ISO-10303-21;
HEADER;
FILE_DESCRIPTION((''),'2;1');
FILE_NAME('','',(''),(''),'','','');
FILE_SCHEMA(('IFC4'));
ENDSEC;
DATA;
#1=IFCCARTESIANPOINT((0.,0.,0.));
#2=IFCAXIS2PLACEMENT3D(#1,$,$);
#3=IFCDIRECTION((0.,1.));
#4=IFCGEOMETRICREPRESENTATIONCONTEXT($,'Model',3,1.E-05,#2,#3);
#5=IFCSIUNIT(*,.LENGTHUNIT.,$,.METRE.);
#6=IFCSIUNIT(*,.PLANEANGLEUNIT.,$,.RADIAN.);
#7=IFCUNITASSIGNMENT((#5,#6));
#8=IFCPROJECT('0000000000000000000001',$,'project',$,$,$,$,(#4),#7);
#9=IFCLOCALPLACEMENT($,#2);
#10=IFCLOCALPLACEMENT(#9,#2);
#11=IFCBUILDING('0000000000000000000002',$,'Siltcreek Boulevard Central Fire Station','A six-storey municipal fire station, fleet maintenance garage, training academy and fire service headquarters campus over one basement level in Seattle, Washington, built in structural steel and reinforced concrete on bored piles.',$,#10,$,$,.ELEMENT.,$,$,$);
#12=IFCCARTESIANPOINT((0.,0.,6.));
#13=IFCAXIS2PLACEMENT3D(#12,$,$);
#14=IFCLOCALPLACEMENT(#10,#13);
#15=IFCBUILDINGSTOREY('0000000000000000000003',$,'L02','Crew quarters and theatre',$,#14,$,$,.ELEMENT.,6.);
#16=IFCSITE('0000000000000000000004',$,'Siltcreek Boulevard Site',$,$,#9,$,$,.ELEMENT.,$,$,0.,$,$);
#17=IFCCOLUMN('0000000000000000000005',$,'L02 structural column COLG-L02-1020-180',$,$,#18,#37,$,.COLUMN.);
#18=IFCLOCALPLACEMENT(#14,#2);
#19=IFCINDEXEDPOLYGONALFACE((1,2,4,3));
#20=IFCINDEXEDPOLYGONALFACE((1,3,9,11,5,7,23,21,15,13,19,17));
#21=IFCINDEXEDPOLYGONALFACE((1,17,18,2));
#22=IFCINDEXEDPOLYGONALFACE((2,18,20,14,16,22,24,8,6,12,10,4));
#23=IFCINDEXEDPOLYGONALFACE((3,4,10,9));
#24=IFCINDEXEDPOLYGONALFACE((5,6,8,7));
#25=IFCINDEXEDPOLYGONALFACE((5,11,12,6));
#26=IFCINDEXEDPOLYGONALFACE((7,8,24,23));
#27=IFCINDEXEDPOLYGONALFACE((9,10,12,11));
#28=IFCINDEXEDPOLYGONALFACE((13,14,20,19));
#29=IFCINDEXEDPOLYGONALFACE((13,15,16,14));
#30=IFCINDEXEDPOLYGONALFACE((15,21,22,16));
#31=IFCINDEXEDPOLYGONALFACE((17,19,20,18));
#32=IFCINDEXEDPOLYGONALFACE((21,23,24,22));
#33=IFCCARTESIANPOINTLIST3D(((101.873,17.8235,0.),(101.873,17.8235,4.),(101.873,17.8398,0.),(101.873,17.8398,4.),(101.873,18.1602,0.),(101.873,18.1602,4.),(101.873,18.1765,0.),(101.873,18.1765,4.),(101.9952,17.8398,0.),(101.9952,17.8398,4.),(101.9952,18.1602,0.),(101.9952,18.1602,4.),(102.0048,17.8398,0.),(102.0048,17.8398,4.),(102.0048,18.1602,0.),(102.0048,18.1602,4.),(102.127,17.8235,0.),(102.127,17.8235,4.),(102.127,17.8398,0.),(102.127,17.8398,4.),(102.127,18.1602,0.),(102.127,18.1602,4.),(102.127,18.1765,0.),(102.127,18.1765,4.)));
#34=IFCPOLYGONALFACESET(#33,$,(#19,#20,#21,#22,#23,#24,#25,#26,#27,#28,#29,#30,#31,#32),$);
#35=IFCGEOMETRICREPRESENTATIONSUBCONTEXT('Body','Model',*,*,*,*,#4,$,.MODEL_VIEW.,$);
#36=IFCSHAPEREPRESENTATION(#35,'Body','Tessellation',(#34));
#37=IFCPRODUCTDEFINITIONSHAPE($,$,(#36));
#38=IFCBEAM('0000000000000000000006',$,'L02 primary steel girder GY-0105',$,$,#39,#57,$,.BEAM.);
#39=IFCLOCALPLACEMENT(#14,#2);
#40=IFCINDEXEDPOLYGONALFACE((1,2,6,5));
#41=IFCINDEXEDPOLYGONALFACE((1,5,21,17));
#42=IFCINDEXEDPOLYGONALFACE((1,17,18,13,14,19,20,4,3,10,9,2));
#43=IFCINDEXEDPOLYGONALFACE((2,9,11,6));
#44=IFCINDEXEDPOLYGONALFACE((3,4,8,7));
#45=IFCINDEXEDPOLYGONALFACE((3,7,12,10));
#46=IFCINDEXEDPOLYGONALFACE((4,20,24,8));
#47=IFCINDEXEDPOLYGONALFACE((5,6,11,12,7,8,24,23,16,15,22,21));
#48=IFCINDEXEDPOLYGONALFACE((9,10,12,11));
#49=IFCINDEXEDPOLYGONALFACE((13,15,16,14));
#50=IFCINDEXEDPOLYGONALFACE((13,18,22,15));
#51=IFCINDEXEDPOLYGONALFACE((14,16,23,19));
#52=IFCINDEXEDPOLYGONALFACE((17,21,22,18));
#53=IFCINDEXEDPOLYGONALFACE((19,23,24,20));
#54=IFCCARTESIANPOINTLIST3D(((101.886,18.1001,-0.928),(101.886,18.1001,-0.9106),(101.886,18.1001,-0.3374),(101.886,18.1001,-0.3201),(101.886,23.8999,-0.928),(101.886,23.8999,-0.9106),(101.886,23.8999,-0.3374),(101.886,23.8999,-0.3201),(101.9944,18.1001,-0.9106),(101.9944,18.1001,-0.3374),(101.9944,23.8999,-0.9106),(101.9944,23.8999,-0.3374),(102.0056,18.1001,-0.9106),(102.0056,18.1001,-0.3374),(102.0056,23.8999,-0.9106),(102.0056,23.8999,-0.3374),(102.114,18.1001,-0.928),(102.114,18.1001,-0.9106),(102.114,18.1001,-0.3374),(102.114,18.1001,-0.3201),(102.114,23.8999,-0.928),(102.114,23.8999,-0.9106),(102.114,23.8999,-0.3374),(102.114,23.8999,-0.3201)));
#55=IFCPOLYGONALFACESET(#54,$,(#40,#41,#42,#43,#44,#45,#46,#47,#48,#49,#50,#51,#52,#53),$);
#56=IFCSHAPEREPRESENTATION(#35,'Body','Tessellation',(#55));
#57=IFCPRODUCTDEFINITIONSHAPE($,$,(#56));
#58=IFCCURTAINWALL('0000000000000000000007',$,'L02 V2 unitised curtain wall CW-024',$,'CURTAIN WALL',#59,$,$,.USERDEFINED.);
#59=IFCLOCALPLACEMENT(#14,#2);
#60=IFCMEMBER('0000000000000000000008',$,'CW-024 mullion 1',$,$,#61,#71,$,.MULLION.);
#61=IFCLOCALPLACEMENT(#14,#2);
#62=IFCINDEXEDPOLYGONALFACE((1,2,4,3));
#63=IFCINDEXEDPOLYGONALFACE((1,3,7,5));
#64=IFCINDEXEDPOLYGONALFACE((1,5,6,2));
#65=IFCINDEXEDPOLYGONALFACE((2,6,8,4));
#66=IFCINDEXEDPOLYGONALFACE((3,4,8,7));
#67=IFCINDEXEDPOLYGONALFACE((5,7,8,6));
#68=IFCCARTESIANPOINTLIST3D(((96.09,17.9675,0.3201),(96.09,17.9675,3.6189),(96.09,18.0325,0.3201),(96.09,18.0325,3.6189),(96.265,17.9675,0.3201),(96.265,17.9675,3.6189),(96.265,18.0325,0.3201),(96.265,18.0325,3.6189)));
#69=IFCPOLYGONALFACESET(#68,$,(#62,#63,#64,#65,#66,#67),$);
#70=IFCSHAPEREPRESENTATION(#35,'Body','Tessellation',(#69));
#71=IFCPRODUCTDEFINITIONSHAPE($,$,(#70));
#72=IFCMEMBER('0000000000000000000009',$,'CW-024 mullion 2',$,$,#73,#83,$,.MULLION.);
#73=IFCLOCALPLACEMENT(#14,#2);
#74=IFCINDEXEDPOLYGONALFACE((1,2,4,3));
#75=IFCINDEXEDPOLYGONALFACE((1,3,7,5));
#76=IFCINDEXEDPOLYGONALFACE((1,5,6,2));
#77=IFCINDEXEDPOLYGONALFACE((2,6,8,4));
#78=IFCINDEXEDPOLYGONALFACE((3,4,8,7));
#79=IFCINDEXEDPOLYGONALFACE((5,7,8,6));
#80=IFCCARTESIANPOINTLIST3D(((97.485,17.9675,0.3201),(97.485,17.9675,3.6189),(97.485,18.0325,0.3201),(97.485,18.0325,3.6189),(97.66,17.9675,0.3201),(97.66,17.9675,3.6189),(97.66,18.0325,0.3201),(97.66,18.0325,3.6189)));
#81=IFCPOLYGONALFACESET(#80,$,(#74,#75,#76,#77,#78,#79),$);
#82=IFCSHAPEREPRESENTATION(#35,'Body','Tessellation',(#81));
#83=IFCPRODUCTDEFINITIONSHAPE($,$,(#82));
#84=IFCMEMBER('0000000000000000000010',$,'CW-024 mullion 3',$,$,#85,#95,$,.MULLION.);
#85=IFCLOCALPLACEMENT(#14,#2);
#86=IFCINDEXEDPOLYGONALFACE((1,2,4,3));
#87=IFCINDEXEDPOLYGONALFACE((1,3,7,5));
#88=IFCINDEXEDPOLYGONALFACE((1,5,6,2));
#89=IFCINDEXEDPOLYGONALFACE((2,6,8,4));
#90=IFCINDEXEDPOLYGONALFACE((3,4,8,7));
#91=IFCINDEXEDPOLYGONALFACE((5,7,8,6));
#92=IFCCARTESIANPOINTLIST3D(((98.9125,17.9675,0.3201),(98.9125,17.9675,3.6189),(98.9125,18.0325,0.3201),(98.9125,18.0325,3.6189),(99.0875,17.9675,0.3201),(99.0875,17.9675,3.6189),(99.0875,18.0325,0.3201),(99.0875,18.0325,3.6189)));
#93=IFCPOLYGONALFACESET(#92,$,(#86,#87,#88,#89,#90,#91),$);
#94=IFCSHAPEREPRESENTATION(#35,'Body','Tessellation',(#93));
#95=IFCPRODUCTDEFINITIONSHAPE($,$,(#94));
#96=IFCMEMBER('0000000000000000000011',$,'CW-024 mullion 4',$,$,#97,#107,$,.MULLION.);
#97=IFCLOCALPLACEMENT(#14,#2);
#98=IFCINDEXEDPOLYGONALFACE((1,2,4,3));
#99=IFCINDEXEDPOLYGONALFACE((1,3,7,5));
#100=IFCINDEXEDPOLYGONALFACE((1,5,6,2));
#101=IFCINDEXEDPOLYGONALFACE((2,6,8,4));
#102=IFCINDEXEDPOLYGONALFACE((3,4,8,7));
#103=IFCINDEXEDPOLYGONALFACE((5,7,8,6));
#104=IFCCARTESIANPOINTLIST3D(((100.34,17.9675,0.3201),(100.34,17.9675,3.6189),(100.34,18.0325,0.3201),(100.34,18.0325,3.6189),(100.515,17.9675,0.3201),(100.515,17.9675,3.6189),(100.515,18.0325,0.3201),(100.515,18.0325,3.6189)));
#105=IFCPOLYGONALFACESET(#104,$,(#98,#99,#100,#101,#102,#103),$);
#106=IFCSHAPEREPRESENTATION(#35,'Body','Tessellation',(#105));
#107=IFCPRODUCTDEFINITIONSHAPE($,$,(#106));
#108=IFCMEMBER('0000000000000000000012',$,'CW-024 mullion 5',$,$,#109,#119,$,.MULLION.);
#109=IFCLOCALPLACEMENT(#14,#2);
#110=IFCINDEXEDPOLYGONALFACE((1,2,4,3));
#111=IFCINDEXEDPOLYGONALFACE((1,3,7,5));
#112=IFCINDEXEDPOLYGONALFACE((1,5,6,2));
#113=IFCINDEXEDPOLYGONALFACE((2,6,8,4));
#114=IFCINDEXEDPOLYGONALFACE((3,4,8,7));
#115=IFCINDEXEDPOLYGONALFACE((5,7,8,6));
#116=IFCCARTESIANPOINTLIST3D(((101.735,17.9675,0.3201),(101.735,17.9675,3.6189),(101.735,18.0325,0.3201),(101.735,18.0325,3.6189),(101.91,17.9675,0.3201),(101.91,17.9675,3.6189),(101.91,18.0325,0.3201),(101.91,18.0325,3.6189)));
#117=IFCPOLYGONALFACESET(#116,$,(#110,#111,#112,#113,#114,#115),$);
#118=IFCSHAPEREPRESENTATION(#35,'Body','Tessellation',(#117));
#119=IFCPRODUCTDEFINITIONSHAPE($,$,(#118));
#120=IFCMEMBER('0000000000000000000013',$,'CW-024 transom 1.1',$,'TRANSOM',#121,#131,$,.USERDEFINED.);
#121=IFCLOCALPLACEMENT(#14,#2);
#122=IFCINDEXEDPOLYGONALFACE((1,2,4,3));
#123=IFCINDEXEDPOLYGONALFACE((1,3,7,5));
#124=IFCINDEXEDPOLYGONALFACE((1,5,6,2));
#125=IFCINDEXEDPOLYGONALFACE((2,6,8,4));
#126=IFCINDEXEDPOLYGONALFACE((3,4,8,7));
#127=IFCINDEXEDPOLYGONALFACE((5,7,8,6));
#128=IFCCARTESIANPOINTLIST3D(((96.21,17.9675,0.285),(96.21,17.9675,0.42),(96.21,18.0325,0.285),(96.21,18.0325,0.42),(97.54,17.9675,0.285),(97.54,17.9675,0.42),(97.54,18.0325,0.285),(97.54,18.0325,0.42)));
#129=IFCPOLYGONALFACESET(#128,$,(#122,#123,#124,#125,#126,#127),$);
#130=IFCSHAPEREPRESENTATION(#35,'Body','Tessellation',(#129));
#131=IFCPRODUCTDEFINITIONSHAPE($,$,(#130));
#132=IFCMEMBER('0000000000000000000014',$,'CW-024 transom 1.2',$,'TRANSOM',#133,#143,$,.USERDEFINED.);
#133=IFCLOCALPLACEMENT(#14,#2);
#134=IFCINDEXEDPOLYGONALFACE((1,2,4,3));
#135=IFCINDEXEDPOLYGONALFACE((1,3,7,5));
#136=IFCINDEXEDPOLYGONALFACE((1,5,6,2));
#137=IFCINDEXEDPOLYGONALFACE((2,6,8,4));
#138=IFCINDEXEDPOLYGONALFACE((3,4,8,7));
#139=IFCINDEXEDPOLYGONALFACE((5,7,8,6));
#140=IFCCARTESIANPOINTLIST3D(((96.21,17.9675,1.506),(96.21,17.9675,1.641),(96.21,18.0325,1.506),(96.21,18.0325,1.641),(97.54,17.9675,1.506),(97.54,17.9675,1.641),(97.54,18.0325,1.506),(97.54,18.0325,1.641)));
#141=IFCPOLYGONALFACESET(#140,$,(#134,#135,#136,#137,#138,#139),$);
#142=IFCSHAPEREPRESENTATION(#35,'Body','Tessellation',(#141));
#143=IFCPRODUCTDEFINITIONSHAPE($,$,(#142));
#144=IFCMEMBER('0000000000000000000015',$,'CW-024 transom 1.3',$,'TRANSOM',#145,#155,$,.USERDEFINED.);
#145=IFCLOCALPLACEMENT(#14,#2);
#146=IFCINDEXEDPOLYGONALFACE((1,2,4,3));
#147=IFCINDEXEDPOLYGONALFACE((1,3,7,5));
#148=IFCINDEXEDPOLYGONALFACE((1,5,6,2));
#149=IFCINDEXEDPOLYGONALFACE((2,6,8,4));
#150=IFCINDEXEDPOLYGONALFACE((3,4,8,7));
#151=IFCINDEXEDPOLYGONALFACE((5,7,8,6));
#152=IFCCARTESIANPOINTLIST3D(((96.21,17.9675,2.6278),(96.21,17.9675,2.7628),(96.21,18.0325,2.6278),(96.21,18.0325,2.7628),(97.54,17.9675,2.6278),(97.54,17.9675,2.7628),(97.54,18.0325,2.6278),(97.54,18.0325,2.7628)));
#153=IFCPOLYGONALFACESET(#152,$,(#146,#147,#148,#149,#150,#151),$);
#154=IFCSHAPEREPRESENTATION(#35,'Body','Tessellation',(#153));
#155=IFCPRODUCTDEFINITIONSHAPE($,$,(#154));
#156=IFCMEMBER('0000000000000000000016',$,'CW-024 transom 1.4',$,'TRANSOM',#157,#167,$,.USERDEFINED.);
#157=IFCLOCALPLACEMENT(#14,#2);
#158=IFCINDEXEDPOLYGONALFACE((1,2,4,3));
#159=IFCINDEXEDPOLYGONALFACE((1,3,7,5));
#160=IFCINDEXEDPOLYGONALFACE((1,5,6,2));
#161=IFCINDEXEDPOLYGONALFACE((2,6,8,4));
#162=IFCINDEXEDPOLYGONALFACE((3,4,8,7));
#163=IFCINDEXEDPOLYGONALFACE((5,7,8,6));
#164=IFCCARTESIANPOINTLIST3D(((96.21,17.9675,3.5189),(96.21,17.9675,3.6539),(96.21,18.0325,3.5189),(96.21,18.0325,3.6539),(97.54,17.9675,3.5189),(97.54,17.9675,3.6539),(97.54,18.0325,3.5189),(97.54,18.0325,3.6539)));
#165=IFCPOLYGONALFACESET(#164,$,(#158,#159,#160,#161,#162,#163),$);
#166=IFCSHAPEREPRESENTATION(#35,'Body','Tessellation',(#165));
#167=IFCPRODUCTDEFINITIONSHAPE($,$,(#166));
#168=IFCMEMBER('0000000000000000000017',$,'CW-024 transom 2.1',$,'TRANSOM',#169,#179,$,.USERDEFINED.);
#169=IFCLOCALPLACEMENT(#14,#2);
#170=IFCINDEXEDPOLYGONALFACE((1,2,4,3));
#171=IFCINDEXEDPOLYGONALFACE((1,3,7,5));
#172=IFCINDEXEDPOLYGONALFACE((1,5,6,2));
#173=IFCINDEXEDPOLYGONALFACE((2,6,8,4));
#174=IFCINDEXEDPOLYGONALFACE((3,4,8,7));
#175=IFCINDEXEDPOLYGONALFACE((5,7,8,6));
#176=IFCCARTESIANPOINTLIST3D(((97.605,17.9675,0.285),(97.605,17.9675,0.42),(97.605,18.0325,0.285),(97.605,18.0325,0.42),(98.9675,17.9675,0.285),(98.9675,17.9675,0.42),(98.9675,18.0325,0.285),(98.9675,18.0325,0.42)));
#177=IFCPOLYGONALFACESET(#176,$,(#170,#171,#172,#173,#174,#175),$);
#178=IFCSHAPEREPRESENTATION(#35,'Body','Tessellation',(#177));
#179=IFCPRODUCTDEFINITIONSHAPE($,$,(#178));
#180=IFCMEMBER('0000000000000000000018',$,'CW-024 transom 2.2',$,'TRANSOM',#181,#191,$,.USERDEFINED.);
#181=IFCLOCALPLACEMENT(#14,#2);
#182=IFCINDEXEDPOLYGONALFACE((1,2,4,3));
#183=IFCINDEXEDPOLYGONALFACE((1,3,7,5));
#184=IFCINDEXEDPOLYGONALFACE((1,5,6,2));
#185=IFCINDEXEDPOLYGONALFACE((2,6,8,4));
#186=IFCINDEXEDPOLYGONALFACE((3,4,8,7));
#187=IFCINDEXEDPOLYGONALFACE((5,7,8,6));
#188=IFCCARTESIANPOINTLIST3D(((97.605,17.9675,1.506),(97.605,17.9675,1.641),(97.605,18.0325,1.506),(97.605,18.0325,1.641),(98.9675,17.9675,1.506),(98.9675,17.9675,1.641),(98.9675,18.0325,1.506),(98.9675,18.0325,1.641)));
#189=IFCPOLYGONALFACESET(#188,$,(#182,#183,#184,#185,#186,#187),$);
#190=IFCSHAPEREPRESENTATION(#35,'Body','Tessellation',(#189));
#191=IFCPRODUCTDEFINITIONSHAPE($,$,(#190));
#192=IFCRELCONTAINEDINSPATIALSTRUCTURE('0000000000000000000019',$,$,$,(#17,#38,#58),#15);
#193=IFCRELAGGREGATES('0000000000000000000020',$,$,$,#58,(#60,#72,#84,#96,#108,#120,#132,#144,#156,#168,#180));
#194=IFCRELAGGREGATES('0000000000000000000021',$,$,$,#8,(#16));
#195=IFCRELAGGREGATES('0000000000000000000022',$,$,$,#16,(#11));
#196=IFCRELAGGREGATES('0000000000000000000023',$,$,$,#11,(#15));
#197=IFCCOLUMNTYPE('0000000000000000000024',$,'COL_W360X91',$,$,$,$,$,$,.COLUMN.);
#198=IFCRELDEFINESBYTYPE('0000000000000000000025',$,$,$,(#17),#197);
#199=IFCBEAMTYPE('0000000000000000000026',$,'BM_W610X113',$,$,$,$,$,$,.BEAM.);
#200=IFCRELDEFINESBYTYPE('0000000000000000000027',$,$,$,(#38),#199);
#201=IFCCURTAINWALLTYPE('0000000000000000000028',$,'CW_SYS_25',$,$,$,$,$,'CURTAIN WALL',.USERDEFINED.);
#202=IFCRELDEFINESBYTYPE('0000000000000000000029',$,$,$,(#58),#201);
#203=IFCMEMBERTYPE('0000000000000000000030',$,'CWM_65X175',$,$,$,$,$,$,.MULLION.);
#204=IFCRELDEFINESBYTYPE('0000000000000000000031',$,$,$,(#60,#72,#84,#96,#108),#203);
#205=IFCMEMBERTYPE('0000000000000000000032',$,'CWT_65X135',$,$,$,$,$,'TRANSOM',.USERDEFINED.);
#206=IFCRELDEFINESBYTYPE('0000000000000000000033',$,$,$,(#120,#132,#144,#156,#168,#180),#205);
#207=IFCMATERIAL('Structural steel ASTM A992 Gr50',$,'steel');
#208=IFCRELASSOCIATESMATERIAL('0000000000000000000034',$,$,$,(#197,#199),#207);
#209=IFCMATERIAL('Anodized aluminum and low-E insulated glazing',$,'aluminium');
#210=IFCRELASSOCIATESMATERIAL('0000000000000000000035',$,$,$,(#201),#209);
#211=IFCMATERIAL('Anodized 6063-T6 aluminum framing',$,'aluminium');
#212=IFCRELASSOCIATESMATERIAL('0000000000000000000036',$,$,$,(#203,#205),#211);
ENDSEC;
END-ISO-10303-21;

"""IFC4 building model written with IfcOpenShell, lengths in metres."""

from ifc_helpers import new_model, si_unit, direction, frame, origin, origin_2d, place, context, subcontext, project, spatial, rectangle, i_section, extrude, material, material_profile, profile_set, type_object, element, aggregate, save


model = new_model("IFC4")

# Units and contexts
model_context = context("Model", 3, precision=1e-05, world=origin(), true_north=direction((0.0, 1.0)))
body_context = subcontext(model_context, "Body", "Model", "MODEL_VIEW")
ifc_project = project(units=[si_unit("LENGTHUNIT", "METRE"), si_unit("PLANEANGLEUNIT", "RADIAN")], contexts=[model_context])

# Site, building, storey
site_placement = place(None, origin())
site = spatial("IfcSite", under=ifc_project, at=site_placement, Name="Siltcreek Boulevard Site", CompositionType="ELEMENT", RefElevation=0.0)
building_placement = place(site_placement, origin())
building = spatial("IfcBuilding", under=site, at=building_placement, Name="Siltcreek Boulevard Central Fire Station", Description="A six-storey municipal fire station, fleet maintenance garage, training academy and fire service headquarters campus over one basement level in Seattle, Washington, built in structural steel and reinforced concrete on bored piles.", CompositionType="ELEMENT")
storey_placement = place(building_placement, frame((0.0, 0.0, 6.0)))
storey = spatial("IfcBuildingStorey", under=building, at=storey_placement, Name="L02", Description="Crew quarters and theatre", CompositionType="ELEMENT", Elevation=6.0)

# Column
ifc_material_1 = material(Name="Structural steel ASTM A992 Gr50", Category="steel")
ifc_material_profile_1 = material_profile(ifc_material_1, i_section(OverallWidth=0.2539, OverallDepth=0.353, WebThickness=0.0095, FlangeThickness=0.0164, at=origin_2d()), Name="W360X91")
ifc_profile_set_1 = profile_set([ifc_material_profile_1], Name="Structural steel ASTM A992 Gr50")
column_type = type_object("IfcColumnType", Name="COL_W360X91", PredefinedType="COLUMN", material=ifc_profile_set_1)
column_placement = place(storey_placement, frame((102.0, 18.0, 0.0), z_axis=(0.0, 0.0, 1.0), x_axis=(1.0, 0.0, 0.0)))
element("IfcColumn", 1, at=column_placement, inside=storey, type_object=column_type, Name="L02 structural column COLG-L02-1020-180", PredefinedType="COLUMN", context=body_context, shape_type="SweptSolid", body=[
    extrude(i_section(OverallWidth=0.2539, OverallDepth=0.353, WebThickness=0.0095, FlangeThickness=0.0164, at=origin_2d()), origin(), (0.0, 0.0, 1.0), 4.0),
])

# Beam
ifc_material_profile_2 = material_profile(ifc_material_1, i_section(OverallWidth=0.228, OverallDepth=0.6079, WebThickness=0.0112, FlangeThickness=0.0173, at=origin_2d()), Name="W610X113")
ifc_profile_set_2 = profile_set([ifc_material_profile_2], Name="Structural steel ASTM A992 Gr50")
beam_type_1 = type_object("IfcBeamType", Name="BM_W610X113", PredefinedType="BEAM", material=ifc_profile_set_2)
beam_1_placement = place(storey_placement, frame((102.0, 18.1001, -0.624), z_axis=(0.0, 1.0, 0.0), x_axis=(-1.0, 0.0, 0.0)))
element("IfcBeam", 2, at=beam_1_placement, inside=storey, type_object=beam_type_1, Name="L02 primary steel girder GY-0105", PredefinedType="BEAM", context=body_context, shape_type="SweptSolid", body=[
    extrude(i_section(OverallWidth=0.228, OverallDepth=0.6079, WebThickness=0.0112, FlangeThickness=0.0173, at=origin_2d()), origin(), (0.0, 0.0, 1.0), 5.7998),
])

# Curtain wall, members
ifc_material_2 = material(Name="Anodized aluminum and low-E insulated glazing", Category="aluminium")
curtain_wall_type = type_object("IfcCurtainWallType", Name="CW_SYS_25", ElementType="CURTAIN WALL", PredefinedType="USERDEFINED", material=ifc_material_2)
curtain_wall_placement = place(storey_placement, origin())
curtain_wall = element("IfcCurtainWall", 3, at=curtain_wall_placement, inside=storey, type_object=curtain_wall_type, Name="L02 V2 unitised curtain wall CW-024", ObjectType="CURTAIN WALL", PredefinedType="USERDEFINED")
ifc_material_3 = material(Name="Anodized 6063-T6 aluminum framing", Category="aluminium")
ifc_material_profile_3 = material_profile(ifc_material_3, rectangle(XDim=0.0649, YDim=0.175, at=origin_2d()), Name="MULL65X175")
ifc_profile_set_3 = profile_set([ifc_material_profile_3], Name="Anodized 6063-T6 aluminum framing")
member_type_1 = type_object("IfcMemberType", Name="CWM_65X175", PredefinedType="MULLION", material=ifc_profile_set_3)
member_1_placement = place(storey_placement, frame((96.1775, 18.0, 0.3201), z_axis=(0.0, 0.0, 1.0), x_axis=(0.0, 1.0, 0.0)))
member_1 = element("IfcMember", 4, at=member_1_placement, type_object=member_type_1, Name="CW-024 mullion 1", PredefinedType="MULLION", context=body_context, shape_type="SweptSolid", body=[
    extrude(rectangle(XDim=0.0649, YDim=0.175, at=origin_2d()), origin(), (0.0, 0.0, 1.0), 3.2988),
])
member_2_placement = place(storey_placement, frame((97.5725, 18.0, 0.3201), z_axis=(0.0, 0.0, 1.0), x_axis=(0.0, 1.0, 0.0)))
member_2 = element("IfcMember", 5, at=member_2_placement, type_object=member_type_1, Name="CW-024 mullion 2", PredefinedType="MULLION", context=body_context, shape_type="SweptSolid", body=[
    extrude(rectangle(XDim=0.0649, YDim=0.175, at=origin_2d()), origin(), (0.0, 0.0, 1.0), 3.2988),
])
member_3_placement = place(storey_placement, frame((99.0, 18.0, 0.3201), z_axis=(0.0, 0.0, 1.0), x_axis=(0.0, 1.0, 0.0)))
member_3 = element("IfcMember", 6, at=member_3_placement, type_object=member_type_1, Name="CW-024 mullion 3", PredefinedType="MULLION", context=body_context, shape_type="SweptSolid", body=[
    extrude(rectangle(XDim=0.0649, YDim=0.175, at=origin_2d()), origin(), (0.0, 0.0, 1.0), 3.2988),
])
member_4_placement = place(storey_placement, frame((100.4275, 18.0, 0.3201), z_axis=(0.0, 0.0, 1.0), x_axis=(0.0, 1.0, 0.0)))
member_4 = element("IfcMember", 7, at=member_4_placement, type_object=member_type_1, Name="CW-024 mullion 4", PredefinedType="MULLION", context=body_context, shape_type="SweptSolid", body=[
    extrude(rectangle(XDim=0.0649, YDim=0.175, at=origin_2d()), origin(), (0.0, 0.0, 1.0), 3.2988),
])
member_5_placement = place(storey_placement, frame((101.8225, 18.0, 0.3201), z_axis=(0.0, 0.0, 1.0), x_axis=(0.0, 1.0, 0.0)))
member_5 = element("IfcMember", 8, at=member_5_placement, type_object=member_type_1, Name="CW-024 mullion 5", PredefinedType="MULLION", context=body_context, shape_type="SweptSolid", body=[
    extrude(rectangle(XDim=0.0649, YDim=0.175, at=origin_2d()), origin(), (0.0, 0.0, 1.0), 3.2988),
])
ifc_material_profile_4 = material_profile(ifc_material_3, rectangle(XDim=0.0649, YDim=0.135, at=origin_2d()), Name="TRAN65X135")
ifc_profile_set_4 = profile_set([ifc_material_profile_4], Name="Anodized 6063-T6 aluminum framing")
member_type_2 = type_object("IfcMemberType", Name="CWT_65X135", ElementType="TRANSOM", PredefinedType="USERDEFINED", material=ifc_profile_set_4)
member_6_placement = place(storey_placement, frame((96.21, 18.0, 0.3525), z_axis=(1.0, 0.0, 0.0), x_axis=(0.0, 1.0, 0.0)))
member_6 = element("IfcMember", 9, at=member_6_placement, type_object=member_type_2, Name="CW-024 transom 1.1", ObjectType="TRANSOM", PredefinedType="USERDEFINED", context=body_context, shape_type="SweptSolid", body=[
    extrude(rectangle(XDim=0.0649, YDim=0.135, at=origin_2d()), origin(), (0.0, 0.0, 1.0), 1.3301),
])
member_7_placement = place(storey_placement, frame((96.21, 18.0, 1.5735), z_axis=(1.0, 0.0, 0.0), x_axis=(0.0, 1.0, 0.0)))
member_7 = element("IfcMember", 10, at=member_7_placement, type_object=member_type_2, Name="CW-024 transom 1.2", ObjectType="TRANSOM", PredefinedType="USERDEFINED", context=body_context, shape_type="SweptSolid", body=[
    extrude(rectangle(XDim=0.0649, YDim=0.135, at=origin_2d()), origin(), (0.0, 0.0, 1.0), 1.3301),
])
member_8_placement = place(storey_placement, frame((96.21, 18.0, 2.6953), z_axis=(1.0, 0.0, 0.0), x_axis=(0.0, 1.0, 0.0)))
member_8 = element("IfcMember", 11, at=member_8_placement, type_object=member_type_2, Name="CW-024 transom 1.3", ObjectType="TRANSOM", PredefinedType="USERDEFINED", context=body_context, shape_type="SweptSolid", body=[
    extrude(rectangle(XDim=0.0649, YDim=0.135, at=origin_2d()), origin(), (0.0, 0.0, 1.0), 1.3301),
])
member_9_placement = place(storey_placement, frame((96.21, 18.0, 3.5864), z_axis=(1.0, 0.0, 0.0), x_axis=(0.0, 1.0, 0.0)))
member_9 = element("IfcMember", 12, at=member_9_placement, type_object=member_type_2, Name="CW-024 transom 1.4", ObjectType="TRANSOM", PredefinedType="USERDEFINED", context=body_context, shape_type="SweptSolid", body=[
    extrude(rectangle(XDim=0.0649, YDim=0.135, at=origin_2d()), origin(), (0.0, 0.0, 1.0), 1.3301),
])
member_10_placement = place(storey_placement, frame((97.605, 18.0, 0.3525), z_axis=(1.0, 0.0, 0.0), x_axis=(0.0, 1.0, 0.0)))
member_10 = element("IfcMember", 13, at=member_10_placement, type_object=member_type_2, Name="CW-024 transom 2.1", ObjectType="TRANSOM", PredefinedType="USERDEFINED", context=body_context, shape_type="SweptSolid", body=[
    extrude(rectangle(XDim=0.0649, YDim=0.135, at=origin_2d()), origin(), (0.0, 0.0, 1.0), 1.3625),
])
member_11_placement = place(storey_placement, frame((97.605, 18.0, 1.5735), z_axis=(1.0, 0.0, 0.0), x_axis=(0.0, 1.0, 0.0)))
member_11 = element("IfcMember", 14, at=member_11_placement, type_object=member_type_2, Name="CW-024 transom 2.2", ObjectType="TRANSOM", PredefinedType="USERDEFINED", context=body_context, shape_type="SweptSolid", body=[
    extrude(rectangle(XDim=0.0649, YDim=0.135, at=origin_2d()), origin(), (0.0, 0.0, 1.0), 1.3625),
])

aggregate(curtain_wall, [member_1, member_2, member_3, member_4, member_5, member_6, member_7, member_8, member_9, member_10, member_11])

save(model, "model.ifc")
